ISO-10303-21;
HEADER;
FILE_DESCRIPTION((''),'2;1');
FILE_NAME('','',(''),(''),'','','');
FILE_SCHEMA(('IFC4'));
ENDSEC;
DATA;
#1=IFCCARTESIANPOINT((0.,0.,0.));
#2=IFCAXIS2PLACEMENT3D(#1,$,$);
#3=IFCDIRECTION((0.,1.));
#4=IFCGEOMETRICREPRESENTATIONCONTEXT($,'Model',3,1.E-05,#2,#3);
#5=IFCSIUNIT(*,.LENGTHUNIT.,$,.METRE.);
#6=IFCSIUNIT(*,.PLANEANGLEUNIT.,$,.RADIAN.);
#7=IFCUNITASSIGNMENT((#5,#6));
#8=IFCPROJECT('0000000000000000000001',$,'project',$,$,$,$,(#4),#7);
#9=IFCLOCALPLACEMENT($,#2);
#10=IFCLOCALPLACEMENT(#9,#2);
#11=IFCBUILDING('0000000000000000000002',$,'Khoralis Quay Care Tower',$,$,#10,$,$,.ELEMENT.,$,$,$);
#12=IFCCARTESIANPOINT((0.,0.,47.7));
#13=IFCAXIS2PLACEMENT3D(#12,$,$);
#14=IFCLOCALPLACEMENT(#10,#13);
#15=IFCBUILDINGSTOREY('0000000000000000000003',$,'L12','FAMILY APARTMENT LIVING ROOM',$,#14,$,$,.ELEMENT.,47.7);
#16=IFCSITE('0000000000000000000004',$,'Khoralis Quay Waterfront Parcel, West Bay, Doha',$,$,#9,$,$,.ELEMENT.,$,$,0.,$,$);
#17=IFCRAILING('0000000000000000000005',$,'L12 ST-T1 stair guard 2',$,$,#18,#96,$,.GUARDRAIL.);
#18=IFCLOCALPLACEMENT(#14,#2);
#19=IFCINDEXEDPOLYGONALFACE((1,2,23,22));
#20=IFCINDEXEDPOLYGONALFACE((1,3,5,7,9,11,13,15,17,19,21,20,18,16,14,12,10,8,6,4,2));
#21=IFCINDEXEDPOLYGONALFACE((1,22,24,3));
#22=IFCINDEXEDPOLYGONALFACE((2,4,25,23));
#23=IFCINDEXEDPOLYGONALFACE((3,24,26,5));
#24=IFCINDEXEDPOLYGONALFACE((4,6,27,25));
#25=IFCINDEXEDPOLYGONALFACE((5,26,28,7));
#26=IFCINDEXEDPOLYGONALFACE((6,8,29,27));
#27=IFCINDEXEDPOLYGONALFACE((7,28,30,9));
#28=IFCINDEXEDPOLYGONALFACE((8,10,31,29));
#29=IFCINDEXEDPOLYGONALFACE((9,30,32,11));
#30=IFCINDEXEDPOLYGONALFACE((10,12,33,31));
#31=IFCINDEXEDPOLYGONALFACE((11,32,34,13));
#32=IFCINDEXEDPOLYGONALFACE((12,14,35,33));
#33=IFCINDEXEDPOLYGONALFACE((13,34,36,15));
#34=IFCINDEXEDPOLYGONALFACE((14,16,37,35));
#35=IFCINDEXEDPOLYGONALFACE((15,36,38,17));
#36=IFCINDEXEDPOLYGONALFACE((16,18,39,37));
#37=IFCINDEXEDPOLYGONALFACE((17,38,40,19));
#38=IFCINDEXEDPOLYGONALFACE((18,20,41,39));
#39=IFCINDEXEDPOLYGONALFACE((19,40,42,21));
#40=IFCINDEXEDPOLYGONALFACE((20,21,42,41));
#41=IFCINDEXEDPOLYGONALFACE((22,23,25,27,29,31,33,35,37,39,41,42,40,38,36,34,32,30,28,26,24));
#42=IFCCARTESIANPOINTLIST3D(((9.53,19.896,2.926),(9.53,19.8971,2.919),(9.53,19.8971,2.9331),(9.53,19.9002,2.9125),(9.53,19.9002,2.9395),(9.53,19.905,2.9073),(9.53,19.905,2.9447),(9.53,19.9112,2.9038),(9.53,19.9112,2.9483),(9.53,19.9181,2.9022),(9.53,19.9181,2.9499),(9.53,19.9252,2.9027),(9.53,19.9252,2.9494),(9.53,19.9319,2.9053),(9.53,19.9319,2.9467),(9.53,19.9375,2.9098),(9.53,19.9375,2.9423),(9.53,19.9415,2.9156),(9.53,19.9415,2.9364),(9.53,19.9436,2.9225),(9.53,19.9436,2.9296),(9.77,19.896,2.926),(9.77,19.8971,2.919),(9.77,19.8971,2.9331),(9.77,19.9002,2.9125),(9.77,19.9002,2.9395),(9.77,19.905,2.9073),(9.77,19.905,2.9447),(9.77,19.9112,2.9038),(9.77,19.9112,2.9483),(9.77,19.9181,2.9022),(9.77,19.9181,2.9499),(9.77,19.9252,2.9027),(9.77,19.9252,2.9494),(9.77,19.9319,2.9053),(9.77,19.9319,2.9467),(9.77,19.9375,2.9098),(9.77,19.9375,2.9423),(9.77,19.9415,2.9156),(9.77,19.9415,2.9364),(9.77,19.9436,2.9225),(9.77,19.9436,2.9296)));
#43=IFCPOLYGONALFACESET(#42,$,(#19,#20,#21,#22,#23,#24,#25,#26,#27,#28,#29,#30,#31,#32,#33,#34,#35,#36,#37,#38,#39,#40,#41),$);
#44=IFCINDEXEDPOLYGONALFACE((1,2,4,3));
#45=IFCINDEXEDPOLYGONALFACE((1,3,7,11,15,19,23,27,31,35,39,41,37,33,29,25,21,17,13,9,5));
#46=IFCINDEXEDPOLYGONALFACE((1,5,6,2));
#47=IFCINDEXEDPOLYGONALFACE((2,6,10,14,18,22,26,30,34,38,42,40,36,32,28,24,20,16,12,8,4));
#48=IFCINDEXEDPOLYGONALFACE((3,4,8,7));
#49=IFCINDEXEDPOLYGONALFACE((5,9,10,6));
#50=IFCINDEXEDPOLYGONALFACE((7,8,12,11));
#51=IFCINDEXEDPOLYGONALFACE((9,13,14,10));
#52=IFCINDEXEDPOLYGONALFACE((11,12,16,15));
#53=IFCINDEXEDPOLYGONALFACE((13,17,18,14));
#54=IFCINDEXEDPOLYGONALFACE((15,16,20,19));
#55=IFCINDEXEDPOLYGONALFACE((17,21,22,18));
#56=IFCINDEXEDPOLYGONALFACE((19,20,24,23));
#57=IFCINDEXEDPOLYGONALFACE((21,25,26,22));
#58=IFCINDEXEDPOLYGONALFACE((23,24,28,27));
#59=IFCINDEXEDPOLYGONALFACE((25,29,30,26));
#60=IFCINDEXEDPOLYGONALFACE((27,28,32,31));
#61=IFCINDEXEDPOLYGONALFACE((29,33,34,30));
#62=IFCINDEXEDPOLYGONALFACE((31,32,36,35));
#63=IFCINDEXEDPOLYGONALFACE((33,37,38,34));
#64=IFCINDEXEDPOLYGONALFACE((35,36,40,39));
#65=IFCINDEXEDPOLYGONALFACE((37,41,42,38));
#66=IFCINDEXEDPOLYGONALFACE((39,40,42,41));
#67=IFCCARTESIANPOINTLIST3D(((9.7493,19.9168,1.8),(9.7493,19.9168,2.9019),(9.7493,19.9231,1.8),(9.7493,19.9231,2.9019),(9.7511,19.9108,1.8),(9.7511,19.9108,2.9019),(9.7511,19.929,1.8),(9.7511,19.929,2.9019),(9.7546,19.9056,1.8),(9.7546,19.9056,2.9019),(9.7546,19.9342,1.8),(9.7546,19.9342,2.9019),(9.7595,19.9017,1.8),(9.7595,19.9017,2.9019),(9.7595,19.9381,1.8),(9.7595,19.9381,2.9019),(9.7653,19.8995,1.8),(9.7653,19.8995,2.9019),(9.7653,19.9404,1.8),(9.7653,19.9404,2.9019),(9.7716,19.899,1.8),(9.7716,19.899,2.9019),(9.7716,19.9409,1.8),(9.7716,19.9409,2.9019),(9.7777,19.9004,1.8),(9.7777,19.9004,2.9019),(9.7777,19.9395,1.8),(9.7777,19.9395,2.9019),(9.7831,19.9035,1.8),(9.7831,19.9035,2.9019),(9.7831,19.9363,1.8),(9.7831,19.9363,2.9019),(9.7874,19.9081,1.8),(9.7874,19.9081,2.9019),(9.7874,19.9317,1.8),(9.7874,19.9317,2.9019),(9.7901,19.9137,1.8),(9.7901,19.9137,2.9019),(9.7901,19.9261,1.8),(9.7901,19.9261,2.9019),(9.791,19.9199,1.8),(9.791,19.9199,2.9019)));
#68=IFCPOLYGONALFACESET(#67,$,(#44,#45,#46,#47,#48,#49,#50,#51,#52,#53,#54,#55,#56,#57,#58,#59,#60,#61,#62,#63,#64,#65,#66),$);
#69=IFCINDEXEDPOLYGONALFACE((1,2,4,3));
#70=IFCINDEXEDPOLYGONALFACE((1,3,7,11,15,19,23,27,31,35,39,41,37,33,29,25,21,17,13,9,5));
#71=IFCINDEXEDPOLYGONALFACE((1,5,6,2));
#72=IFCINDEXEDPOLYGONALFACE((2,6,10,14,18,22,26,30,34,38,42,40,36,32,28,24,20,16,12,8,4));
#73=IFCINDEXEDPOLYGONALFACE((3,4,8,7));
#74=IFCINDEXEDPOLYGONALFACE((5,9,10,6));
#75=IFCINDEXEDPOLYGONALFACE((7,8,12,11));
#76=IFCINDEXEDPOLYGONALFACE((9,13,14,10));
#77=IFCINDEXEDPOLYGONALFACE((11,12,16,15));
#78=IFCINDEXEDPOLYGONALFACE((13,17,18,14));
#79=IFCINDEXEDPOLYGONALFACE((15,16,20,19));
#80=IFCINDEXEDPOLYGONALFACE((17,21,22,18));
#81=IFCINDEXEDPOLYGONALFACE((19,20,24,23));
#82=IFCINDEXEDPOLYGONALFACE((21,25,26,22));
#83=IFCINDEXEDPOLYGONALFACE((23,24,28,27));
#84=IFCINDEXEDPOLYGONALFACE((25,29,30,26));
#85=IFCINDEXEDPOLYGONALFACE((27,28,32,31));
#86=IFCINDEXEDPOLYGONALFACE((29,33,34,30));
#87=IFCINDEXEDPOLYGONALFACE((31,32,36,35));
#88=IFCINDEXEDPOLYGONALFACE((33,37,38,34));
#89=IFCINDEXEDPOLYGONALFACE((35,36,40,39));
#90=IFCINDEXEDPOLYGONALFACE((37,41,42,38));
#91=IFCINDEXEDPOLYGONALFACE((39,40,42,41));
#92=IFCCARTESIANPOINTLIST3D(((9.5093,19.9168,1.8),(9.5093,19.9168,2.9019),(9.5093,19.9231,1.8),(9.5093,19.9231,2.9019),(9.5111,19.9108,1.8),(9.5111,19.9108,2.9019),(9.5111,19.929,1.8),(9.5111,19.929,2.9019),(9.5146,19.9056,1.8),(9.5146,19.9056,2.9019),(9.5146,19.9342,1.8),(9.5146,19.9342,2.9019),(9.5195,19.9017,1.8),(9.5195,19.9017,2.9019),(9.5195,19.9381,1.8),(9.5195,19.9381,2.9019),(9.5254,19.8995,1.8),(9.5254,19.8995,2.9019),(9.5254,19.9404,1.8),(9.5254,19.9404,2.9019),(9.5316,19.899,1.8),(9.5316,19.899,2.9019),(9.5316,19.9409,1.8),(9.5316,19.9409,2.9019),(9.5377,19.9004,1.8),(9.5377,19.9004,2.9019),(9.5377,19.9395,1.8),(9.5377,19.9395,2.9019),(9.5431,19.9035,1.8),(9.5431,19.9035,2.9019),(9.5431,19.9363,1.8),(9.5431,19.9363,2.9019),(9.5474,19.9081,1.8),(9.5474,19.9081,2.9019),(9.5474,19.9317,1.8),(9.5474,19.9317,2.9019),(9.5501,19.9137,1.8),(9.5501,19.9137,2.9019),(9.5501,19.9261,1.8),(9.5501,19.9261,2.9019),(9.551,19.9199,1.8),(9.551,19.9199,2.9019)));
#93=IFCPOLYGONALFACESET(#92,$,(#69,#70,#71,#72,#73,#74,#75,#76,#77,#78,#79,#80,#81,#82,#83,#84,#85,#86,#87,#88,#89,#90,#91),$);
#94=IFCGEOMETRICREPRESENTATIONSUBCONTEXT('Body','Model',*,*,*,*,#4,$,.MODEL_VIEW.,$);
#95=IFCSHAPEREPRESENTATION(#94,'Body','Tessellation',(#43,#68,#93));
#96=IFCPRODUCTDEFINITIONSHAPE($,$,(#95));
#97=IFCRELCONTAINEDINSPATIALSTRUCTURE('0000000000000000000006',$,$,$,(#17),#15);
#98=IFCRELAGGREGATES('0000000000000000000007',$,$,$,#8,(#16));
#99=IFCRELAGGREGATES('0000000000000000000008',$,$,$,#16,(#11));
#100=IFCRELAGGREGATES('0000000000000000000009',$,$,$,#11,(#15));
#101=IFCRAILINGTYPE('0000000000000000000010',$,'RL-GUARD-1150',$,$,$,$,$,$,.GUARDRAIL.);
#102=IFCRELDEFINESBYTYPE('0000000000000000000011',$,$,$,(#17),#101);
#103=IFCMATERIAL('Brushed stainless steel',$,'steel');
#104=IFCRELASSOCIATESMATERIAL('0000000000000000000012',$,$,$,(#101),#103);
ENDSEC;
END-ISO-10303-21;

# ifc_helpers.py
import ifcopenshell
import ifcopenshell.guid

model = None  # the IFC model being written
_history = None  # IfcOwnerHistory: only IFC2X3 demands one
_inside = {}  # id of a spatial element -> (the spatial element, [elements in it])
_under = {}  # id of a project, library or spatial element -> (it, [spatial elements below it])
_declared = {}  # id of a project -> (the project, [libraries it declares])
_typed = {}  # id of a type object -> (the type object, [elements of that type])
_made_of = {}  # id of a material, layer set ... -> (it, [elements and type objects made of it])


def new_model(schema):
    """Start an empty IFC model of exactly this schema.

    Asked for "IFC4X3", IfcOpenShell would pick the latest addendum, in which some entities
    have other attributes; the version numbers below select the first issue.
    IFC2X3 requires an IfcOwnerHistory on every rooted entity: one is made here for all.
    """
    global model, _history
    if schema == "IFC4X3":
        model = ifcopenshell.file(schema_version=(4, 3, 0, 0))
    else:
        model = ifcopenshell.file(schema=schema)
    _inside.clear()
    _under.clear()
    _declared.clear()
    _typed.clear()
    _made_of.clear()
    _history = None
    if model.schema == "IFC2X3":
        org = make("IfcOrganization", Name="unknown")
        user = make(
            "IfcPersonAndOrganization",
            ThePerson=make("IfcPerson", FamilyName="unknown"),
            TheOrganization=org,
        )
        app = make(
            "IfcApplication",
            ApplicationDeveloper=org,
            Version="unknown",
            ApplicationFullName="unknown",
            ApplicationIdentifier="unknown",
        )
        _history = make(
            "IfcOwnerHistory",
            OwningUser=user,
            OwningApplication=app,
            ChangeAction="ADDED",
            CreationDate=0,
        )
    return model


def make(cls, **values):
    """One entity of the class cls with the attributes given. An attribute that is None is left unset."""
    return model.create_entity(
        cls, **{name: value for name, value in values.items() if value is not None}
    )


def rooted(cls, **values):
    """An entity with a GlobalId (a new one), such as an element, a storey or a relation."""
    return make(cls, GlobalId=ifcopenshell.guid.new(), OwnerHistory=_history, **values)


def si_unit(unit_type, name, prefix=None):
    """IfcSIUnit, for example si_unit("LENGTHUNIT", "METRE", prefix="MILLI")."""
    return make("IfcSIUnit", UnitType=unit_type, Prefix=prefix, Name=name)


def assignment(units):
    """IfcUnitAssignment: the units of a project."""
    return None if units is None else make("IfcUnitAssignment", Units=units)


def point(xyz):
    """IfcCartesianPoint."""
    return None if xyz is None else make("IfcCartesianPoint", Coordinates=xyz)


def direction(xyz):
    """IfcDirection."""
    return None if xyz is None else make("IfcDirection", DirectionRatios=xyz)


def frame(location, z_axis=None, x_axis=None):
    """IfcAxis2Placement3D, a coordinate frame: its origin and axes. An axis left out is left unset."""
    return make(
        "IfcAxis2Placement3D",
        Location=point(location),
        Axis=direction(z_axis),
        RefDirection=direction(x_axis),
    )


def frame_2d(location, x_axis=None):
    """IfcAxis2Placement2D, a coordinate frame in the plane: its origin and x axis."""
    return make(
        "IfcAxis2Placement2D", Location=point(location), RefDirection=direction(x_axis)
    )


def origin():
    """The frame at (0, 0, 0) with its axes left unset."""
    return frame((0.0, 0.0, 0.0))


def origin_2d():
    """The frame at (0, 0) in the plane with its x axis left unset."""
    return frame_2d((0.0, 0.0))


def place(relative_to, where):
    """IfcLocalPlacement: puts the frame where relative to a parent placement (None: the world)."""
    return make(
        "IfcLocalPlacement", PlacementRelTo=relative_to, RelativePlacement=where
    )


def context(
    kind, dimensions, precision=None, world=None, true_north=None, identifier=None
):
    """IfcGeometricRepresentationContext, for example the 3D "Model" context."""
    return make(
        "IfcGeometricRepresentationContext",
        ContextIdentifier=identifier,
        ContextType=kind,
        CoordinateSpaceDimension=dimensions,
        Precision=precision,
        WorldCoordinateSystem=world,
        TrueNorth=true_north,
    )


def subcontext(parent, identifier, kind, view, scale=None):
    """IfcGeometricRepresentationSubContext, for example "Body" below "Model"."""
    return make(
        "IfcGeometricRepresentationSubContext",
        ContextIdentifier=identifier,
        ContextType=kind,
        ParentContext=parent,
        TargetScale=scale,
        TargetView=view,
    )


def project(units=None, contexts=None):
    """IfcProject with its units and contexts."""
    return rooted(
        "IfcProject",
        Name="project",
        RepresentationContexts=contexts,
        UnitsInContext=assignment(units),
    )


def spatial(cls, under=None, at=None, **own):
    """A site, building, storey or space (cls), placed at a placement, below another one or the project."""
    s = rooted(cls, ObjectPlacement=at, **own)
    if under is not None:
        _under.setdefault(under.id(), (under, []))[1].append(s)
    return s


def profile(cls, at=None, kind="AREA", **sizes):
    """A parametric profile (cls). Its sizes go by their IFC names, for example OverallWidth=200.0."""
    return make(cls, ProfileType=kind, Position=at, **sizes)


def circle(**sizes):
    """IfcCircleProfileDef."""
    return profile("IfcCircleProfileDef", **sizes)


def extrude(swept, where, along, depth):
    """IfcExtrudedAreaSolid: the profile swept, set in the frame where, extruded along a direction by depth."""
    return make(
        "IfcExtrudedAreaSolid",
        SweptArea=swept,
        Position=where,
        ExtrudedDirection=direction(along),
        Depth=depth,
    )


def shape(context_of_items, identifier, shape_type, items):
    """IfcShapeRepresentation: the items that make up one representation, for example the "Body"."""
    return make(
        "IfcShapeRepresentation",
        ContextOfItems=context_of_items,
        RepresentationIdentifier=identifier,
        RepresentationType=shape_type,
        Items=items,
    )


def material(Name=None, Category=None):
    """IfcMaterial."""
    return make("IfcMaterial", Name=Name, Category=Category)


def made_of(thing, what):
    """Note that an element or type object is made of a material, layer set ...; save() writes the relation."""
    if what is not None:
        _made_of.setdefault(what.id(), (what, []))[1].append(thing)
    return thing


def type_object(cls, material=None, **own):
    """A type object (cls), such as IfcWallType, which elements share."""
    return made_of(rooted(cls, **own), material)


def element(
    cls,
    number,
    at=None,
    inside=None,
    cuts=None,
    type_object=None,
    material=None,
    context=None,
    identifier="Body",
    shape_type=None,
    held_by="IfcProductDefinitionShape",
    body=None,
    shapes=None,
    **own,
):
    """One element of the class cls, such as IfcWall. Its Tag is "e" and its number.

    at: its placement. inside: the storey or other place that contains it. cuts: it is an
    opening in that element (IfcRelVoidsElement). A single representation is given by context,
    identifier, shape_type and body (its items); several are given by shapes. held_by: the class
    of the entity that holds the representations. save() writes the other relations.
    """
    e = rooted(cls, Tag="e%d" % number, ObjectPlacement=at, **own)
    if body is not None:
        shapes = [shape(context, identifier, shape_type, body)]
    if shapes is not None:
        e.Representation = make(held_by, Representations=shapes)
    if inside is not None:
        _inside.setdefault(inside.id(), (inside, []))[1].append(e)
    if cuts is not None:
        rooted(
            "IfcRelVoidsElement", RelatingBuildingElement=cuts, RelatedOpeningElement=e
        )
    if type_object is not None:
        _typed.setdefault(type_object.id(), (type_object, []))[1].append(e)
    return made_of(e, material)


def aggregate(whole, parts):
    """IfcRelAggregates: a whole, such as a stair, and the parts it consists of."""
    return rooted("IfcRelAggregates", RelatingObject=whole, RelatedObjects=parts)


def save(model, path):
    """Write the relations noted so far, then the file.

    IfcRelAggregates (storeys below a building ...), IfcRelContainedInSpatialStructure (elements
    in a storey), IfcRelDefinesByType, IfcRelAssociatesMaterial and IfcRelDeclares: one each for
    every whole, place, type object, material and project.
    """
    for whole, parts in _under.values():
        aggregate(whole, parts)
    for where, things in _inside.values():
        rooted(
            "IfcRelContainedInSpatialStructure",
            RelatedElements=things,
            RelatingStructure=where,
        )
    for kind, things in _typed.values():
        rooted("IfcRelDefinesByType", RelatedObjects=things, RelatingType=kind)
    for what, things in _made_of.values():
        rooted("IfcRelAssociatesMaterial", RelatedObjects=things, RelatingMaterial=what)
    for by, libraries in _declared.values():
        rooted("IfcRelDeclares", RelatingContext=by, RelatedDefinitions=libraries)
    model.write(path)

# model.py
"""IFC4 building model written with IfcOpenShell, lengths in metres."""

from ifc_helpers import new_model, si_unit, direction, frame, origin, origin_2d, place, context, subcontext, project, spatial, circle, extrude, material, type_object, element, save


model = new_model("IFC4")

# Units and contexts
model_context = context("Model", 3, precision=1e-05, world=origin(), true_north=direction((0.0, 1.0)))
body_context = subcontext(model_context, "Body", "Model", "MODEL_VIEW")
ifc_project = project(units=[si_unit("LENGTHUNIT", "METRE"), si_unit("PLANEANGLEUNIT", "RADIAN")], contexts=[model_context])

# Site, building, storey
site_placement = place(None, origin())
site = spatial("IfcSite", under=ifc_project, at=site_placement, Name="Khoralis Quay Waterfront Parcel, West Bay, Doha", CompositionType="ELEMENT", RefElevation=0.0)
building_placement = place(site_placement, origin())
building = spatial("IfcBuilding", under=site, at=building_placement, Name="Khoralis Quay Care Tower", CompositionType="ELEMENT")
storey_placement = place(building_placement, frame((0.0, 0.0, 47.7)))
storey = spatial("IfcBuildingStorey", under=building, at=storey_placement, Name="L12", Description="FAMILY APARTMENT LIVING ROOM", CompositionType="ELEMENT", Elevation=47.7)

# Shared definitions
ifc_material_1 = material(Name="Brushed stainless steel", Category="steel")

# Railing
railing_type_1 = type_object("IfcRailingType", Name="RL-GUARD-1150", PredefinedType="GUARDRAIL", material=ifc_material_1)
railing_1_placement = place(storey_placement, frame((9.77, 19.9199, 1.8)))
element("IfcRailing", 1, at=railing_1_placement, inside=storey, type_object=railing_type_1, Name="L12 ST-T1 stair guard 2", PredefinedType="GUARDRAIL", context=body_context, shape_type="SweptSolid", body=[
    extrude(circle(Radius=0.0239, at=origin_2d()), frame((0.0, 0.0, 1.126), z_axis=(-1.0, 0.0, 0.0), x_axis=(0.0, -1.0, 0.0)), (0.0, 0.0, 1.0), 0.24),
    extrude(circle(Radius=0.021, at=origin_2d()), origin(), (0.0, 0.0, 1.0), 1.1018),
    extrude(circle(Radius=0.021, at=origin_2d()), frame((-0.24, 0.0, 0.0)), (0.0, 0.0, 1.0), 1.1018),
])

save(model, "model.ifc")
